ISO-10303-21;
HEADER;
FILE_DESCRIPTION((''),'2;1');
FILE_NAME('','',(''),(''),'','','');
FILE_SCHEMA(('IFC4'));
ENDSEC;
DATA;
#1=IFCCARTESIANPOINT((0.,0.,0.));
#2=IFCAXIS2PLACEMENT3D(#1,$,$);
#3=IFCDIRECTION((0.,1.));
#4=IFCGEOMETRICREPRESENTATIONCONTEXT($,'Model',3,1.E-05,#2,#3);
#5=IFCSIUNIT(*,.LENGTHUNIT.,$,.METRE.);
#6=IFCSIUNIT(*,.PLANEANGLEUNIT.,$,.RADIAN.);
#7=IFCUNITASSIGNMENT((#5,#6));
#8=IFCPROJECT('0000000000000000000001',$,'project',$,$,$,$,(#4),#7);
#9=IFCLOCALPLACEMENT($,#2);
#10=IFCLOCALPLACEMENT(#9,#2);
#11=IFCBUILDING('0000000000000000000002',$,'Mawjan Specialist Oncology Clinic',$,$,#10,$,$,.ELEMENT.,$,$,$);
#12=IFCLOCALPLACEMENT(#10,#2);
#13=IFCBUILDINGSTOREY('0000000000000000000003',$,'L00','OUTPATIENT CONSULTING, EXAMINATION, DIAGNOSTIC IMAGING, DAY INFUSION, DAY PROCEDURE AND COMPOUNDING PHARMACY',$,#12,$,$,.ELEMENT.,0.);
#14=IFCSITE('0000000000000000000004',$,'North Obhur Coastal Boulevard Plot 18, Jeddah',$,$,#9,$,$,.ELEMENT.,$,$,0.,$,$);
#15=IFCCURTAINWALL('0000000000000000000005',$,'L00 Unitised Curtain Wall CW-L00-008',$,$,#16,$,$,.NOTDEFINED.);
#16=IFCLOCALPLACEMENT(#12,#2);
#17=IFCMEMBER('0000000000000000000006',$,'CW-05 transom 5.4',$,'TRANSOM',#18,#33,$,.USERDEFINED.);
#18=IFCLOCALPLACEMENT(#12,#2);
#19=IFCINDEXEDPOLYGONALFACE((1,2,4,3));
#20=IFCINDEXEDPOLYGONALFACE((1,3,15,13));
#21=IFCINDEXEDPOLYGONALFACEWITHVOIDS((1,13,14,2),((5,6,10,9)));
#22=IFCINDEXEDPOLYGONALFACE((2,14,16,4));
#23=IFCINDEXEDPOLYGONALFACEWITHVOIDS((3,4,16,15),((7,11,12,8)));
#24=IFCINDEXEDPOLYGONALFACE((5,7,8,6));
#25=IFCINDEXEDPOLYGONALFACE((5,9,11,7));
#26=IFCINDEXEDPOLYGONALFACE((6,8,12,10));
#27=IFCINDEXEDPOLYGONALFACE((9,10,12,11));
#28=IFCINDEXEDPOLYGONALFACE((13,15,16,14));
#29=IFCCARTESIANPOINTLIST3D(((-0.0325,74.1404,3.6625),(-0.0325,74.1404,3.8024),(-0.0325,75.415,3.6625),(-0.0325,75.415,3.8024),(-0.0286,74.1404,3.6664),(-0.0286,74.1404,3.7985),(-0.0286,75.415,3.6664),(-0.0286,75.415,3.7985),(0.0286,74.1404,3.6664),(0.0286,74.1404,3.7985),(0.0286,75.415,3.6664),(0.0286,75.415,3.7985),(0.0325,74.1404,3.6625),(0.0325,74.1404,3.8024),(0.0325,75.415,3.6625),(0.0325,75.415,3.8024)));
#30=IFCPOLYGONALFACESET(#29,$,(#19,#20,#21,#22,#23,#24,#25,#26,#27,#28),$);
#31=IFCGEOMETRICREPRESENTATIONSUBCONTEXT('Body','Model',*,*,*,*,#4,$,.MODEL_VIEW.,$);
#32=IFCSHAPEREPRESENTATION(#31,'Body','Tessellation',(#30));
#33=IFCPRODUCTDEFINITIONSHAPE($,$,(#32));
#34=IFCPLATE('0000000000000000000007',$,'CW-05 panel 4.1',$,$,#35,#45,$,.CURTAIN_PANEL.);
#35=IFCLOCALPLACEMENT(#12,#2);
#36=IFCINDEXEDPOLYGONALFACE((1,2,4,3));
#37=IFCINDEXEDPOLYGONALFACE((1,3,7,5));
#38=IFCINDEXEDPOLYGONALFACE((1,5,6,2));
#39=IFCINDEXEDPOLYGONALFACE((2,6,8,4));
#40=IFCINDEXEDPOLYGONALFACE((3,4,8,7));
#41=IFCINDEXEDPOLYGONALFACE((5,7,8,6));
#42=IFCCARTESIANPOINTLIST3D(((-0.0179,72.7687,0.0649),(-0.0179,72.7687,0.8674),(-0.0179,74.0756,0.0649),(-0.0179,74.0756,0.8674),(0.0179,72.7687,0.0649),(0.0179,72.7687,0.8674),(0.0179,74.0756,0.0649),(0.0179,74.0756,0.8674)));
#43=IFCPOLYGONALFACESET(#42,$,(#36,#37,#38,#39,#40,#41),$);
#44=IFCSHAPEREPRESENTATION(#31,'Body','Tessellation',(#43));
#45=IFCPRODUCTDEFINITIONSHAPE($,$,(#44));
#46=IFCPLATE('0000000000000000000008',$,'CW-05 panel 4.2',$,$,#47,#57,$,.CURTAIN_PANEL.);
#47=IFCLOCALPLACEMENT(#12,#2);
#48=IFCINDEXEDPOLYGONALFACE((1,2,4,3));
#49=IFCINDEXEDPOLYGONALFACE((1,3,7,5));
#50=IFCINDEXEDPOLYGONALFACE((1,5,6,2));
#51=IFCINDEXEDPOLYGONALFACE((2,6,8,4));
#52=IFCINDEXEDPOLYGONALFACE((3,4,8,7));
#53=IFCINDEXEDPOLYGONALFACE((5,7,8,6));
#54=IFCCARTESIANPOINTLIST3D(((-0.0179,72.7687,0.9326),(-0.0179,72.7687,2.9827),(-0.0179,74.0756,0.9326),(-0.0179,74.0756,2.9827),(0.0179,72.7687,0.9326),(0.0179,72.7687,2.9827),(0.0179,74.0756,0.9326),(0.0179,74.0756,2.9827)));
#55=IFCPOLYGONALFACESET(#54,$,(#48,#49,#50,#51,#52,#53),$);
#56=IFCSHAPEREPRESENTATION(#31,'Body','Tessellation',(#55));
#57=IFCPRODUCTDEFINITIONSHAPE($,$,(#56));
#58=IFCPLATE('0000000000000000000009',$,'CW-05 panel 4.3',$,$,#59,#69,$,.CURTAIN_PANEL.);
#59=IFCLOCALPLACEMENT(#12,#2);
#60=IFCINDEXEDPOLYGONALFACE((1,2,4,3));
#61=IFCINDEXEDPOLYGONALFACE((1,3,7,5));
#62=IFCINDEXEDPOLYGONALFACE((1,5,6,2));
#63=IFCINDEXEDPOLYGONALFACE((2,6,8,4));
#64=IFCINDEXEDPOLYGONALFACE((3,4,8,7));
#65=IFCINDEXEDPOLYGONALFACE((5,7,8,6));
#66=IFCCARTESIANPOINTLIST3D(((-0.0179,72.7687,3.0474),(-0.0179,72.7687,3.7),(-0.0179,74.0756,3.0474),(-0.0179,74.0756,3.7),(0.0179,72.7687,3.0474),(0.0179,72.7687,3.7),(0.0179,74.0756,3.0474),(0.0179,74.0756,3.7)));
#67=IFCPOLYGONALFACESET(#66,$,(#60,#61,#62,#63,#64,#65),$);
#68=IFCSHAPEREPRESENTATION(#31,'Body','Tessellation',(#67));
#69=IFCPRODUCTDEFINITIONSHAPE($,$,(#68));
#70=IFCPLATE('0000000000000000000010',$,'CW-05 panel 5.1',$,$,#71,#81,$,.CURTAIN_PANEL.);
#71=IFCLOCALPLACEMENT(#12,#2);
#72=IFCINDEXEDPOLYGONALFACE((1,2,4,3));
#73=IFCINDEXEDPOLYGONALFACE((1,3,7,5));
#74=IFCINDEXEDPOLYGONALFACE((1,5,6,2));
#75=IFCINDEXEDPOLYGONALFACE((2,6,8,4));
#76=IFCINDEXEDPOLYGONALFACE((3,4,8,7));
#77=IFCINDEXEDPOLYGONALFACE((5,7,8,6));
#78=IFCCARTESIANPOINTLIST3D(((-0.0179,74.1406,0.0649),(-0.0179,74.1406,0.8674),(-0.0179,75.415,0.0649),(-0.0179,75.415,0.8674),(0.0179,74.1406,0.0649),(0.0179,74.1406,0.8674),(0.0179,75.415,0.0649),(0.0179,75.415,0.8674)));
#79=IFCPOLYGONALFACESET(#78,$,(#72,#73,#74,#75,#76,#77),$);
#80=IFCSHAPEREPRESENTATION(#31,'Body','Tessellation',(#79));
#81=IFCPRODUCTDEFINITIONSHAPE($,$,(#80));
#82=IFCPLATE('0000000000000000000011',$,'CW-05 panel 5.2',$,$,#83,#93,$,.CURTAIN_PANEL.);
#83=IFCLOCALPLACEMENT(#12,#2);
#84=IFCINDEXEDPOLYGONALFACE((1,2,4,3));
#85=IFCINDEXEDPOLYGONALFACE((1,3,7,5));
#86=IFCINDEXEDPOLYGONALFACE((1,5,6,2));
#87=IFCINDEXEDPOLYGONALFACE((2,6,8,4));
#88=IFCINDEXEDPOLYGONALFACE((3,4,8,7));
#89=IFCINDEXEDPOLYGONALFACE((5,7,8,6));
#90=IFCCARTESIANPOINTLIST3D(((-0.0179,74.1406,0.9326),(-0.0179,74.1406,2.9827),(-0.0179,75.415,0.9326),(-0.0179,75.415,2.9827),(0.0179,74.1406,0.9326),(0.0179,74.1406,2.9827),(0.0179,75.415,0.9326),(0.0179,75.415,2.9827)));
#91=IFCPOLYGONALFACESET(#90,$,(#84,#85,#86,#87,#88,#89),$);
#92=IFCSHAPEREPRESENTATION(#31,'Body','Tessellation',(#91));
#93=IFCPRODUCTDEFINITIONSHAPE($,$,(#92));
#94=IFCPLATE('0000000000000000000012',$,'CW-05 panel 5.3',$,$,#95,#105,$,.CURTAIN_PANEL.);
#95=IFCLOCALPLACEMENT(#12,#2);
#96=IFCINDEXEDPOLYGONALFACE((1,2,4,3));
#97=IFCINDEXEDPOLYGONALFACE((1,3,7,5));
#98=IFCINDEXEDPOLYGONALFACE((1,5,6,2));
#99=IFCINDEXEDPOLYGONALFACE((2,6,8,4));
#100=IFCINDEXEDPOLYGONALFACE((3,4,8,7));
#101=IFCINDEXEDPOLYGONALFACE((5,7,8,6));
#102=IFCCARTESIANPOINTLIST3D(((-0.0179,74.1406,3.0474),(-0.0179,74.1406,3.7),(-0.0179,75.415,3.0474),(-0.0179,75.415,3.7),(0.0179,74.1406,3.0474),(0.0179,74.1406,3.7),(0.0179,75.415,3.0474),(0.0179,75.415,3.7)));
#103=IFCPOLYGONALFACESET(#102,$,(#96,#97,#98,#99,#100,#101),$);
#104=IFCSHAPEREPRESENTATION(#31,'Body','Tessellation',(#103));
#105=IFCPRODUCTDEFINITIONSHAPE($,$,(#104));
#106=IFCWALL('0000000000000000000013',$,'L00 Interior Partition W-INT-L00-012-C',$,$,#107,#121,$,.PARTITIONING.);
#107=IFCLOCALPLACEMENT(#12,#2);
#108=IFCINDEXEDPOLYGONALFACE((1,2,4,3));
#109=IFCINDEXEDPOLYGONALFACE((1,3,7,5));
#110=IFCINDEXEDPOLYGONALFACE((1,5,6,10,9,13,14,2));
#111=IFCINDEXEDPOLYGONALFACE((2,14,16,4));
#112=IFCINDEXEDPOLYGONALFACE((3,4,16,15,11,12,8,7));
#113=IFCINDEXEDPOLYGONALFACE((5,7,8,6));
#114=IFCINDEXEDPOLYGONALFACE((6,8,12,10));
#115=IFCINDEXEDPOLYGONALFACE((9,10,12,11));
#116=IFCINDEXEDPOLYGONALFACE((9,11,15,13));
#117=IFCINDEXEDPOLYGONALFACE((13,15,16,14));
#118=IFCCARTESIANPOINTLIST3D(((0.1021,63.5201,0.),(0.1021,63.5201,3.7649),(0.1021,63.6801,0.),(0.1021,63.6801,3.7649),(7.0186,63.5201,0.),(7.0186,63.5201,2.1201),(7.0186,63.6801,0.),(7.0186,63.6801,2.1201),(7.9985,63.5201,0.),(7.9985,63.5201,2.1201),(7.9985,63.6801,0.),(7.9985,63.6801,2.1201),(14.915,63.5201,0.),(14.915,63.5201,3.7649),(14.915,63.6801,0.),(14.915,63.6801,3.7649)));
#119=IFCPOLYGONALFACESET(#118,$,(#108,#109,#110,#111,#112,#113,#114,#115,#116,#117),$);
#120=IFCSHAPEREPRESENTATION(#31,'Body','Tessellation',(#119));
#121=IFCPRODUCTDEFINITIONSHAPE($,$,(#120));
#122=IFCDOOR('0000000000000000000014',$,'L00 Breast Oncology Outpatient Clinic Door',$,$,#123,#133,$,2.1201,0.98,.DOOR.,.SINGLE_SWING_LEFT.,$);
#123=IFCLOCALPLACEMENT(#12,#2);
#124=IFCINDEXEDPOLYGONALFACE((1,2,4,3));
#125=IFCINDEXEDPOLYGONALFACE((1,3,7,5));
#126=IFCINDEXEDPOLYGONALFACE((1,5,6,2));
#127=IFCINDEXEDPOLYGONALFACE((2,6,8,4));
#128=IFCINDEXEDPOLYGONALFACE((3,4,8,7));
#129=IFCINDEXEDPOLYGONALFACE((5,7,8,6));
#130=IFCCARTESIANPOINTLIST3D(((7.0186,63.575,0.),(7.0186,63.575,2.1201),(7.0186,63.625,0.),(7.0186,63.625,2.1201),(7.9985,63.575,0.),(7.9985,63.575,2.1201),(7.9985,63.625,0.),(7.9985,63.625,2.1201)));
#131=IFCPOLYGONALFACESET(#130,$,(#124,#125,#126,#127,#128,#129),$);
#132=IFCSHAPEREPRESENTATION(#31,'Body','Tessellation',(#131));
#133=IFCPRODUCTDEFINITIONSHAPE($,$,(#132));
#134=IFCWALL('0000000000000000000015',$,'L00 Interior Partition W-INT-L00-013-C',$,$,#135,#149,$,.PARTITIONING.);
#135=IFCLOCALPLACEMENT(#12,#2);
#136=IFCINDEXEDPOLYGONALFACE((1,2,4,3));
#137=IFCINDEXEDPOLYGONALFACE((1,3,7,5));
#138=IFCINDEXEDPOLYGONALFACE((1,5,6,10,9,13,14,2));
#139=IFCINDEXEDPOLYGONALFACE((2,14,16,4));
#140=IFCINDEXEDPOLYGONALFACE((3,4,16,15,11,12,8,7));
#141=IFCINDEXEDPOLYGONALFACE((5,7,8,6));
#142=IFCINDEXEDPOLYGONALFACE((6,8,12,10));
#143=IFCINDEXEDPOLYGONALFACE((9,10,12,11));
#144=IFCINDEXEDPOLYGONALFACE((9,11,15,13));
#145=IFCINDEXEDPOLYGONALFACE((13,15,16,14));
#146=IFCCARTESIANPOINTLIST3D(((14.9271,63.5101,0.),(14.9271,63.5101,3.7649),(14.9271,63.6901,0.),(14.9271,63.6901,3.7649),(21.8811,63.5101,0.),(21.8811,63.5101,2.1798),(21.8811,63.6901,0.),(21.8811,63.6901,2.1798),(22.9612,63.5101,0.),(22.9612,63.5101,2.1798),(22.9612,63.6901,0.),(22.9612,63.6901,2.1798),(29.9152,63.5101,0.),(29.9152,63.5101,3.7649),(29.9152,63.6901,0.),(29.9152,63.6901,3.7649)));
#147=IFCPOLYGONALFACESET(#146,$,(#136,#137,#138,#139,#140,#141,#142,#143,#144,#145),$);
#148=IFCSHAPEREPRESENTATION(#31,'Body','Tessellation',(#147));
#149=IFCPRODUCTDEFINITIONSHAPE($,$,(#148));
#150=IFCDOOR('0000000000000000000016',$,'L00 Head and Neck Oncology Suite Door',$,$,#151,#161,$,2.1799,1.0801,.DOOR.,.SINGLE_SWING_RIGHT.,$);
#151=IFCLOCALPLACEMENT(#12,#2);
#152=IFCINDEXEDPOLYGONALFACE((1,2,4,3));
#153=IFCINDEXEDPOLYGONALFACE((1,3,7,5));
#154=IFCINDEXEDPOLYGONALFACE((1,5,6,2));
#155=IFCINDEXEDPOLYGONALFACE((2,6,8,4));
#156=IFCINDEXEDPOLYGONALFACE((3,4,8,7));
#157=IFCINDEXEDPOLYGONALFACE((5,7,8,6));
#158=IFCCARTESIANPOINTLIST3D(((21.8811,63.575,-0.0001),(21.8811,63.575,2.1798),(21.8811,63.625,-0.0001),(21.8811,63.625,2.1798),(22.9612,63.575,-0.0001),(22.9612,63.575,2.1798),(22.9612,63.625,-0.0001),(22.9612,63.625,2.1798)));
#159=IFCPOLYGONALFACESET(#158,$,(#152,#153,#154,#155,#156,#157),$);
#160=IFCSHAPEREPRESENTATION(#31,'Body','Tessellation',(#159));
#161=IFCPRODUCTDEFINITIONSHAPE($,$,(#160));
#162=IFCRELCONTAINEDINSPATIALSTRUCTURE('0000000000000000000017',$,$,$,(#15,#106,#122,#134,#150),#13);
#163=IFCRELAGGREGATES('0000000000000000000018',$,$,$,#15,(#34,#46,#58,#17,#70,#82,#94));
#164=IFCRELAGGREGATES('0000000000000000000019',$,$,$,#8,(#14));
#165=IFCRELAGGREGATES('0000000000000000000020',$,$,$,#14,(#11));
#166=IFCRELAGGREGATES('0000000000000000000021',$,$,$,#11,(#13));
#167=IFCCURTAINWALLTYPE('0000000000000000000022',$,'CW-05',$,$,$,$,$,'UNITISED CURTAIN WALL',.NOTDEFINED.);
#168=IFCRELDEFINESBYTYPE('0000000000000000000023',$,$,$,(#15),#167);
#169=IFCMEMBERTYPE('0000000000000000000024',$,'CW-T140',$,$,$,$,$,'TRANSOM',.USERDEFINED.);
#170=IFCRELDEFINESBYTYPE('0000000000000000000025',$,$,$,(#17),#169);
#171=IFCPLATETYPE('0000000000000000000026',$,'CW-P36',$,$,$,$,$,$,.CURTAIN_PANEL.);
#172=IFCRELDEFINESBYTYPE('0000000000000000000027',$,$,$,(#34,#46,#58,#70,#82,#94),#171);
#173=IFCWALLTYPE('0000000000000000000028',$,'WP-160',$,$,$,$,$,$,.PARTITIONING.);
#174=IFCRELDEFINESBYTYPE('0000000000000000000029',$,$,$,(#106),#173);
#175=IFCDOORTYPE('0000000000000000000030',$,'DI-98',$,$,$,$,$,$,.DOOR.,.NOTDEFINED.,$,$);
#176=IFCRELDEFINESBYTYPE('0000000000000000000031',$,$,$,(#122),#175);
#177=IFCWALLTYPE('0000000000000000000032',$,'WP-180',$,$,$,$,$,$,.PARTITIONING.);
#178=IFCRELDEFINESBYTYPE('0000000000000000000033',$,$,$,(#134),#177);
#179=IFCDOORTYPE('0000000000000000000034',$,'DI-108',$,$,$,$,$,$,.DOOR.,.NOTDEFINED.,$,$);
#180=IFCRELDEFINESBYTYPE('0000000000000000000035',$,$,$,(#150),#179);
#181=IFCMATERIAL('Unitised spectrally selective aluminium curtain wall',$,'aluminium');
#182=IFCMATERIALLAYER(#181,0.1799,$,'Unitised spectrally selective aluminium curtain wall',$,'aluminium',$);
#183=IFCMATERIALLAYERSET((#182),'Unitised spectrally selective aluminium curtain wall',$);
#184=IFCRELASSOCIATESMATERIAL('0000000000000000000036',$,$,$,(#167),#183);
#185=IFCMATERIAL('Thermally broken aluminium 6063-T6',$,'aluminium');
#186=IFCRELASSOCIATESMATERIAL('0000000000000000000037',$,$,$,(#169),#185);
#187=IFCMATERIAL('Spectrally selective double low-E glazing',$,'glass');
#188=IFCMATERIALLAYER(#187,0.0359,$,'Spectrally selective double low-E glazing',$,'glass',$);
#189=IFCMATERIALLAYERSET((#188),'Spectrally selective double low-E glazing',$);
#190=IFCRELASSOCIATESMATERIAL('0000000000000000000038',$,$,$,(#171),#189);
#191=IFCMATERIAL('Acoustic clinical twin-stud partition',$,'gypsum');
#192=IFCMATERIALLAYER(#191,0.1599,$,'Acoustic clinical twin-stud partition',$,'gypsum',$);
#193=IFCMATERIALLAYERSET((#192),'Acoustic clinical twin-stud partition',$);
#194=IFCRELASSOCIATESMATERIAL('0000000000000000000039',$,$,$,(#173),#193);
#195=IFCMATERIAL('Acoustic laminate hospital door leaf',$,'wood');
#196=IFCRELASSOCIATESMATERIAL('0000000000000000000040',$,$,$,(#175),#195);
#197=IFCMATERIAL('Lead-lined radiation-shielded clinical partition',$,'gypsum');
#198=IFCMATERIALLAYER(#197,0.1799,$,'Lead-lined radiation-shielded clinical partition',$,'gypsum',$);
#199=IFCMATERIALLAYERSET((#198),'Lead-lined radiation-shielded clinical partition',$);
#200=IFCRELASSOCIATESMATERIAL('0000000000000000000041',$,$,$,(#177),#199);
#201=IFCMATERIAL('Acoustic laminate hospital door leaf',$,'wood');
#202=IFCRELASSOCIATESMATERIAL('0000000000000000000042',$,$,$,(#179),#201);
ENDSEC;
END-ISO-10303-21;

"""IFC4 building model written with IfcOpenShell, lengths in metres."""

from ifc_helpers import new_model, si_unit, direction, frame, frame_2d, origin, origin_2d, place, context, subcontext, project, spatial, rectangle, hollow_rectangle, extrude, material, layer, layer_set, material_profile, profile_set, type_object, element, fill, aggregate, save


model = new_model("IFC4")

# Units and contexts
model_context = context("Model", 3, precision=1e-05, world=origin(), true_north=direction((0.0, 1.0)))
body_context = subcontext(model_context, "Body", "Model", "MODEL_VIEW")
ifc_project = project(units=[si_unit("LENGTHUNIT", "METRE"), si_unit("PLANEANGLEUNIT", "RADIAN")], contexts=[model_context])

# Site, building, storey
site_placement = place(None, origin())
site = spatial("IfcSite", under=ifc_project, at=site_placement, Name="North Obhur Coastal Boulevard Plot 18, Jeddah", CompositionType="ELEMENT", RefElevation=0.0)
building_placement = place(site_placement, origin())
building = spatial("IfcBuilding", under=site, at=building_placement, Name="Mawjan Specialist Oncology Clinic", CompositionType="ELEMENT")
storey_placement = place(building_placement, origin())
storey = spatial("IfcBuildingStorey", under=building, at=storey_placement, Name="L00", Description="OUTPATIENT CONSULTING, EXAMINATION, DIAGNOSTIC IMAGING, DAY INFUSION, DAY PROCEDURE AND COMPOUNDING PHARMACY", CompositionType="ELEMENT", Elevation=0.0)

# Curtain wall, member, plates
ifc_material_1 = material(Name="Unitised spectrally selective aluminium curtain wall", Category="aluminium")
ifc_layer_1 = layer(ifc_material_1, 0.1799, Name="Unitised spectrally selective aluminium curtain wall", Category="aluminium")
ifc_layer_set_1 = layer_set([ifc_layer_1], Name="Unitised spectrally selective aluminium curtain wall")
curtain_wall_type = type_object("IfcCurtainWallType", Name="CW-05", ElementType="UNITISED CURTAIN WALL", PredefinedType="NOTDEFINED", material=ifc_layer_set_1)
curtain_wall_placement = place(storey_placement, origin())
curtain_wall = element("IfcCurtainWall", 1, at=curtain_wall_placement, inside=storey, type_object=curtain_wall_type, Name="L00 Unitised Curtain Wall CW-L00-008", PredefinedType="NOTDEFINED")
ifc_material_2 = material(Name="Thermally broken aluminium 6063-T6", Category="aluminium")
ifc_material_profile_1 = material_profile(ifc_material_2, hollow_rectangle(XDim=0.0649, YDim=0.1399, WallThickness=0.0039, at=origin_2d()), Name="ALU TRANSOM 140x65x4", Category="aluminium")
ifc_profile_set_1 = profile_set([ifc_material_profile_1], Name="Thermally broken aluminium 6063-T6")
member_type_1 = type_object("IfcMemberType", Name="CW-T140", ElementType="TRANSOM", PredefinedType="USERDEFINED", material=ifc_profile_set_1)
member_1_placement = place(storey_placement, frame((0.0, 74.1404, 3.7324), z_axis=(0.0, 1.0, 0.0), x_axis=(-1.0, 0.0, 0.0)))
member_1 = element("IfcMember", 2, at=member_1_placement, type_object=member_type_1, Name="CW-05 transom 5.4", ObjectType="TRANSOM", PredefinedType="USERDEFINED", context=body_context, shape_type="SweptSolid", body=[
    extrude(hollow_rectangle(XDim=0.0649, YDim=0.1399, WallThickness=0.0039, at=origin_2d()), origin(), (0.0, 0.0, 1.0), 1.2747),
])
ifc_material_3 = material(Name="Spectrally selective double low-E glazing", Category="glass")
ifc_layer_2 = layer(ifc_material_3, 0.0359, Name="Spectrally selective double low-E glazing", Category="glass")
ifc_layer_set_2 = layer_set([ifc_layer_2], Name="Spectrally selective double low-E glazing")
plate_type = type_object("IfcPlateType", Name="CW-P36", PredefinedType="CURTAIN_PANEL", material=ifc_layer_set_2)
plate_1_placement = place(storey_placement, frame((0.0, 73.4221, 0.0649), z_axis=(0.0, 0.0, 1.0), x_axis=(0.0, 1.0, 0.0)))
plate_1 = element("IfcPlate", 3, at=plate_1_placement, type_object=plate_type, Name="CW-05 panel 4.1", PredefinedType="CURTAIN_PANEL", context=body_context, shape_type="SweptSolid", body=[
    extrude(rectangle(XDim=1.3069, YDim=0.0359, at=origin_2d()), origin(), (0.0, 0.0, 1.0), 0.8025),
])
plate_2_placement = place(storey_placement, frame((0.0, 73.4221, 0.9326), z_axis=(0.0, 0.0, 1.0), x_axis=(0.0, 1.0, 0.0)))
plate_2 = element("IfcPlate", 4, at=plate_2_placement, type_object=plate_type, Name="CW-05 panel 4.2", PredefinedType="CURTAIN_PANEL", context=body_context, shape_type="SweptSolid", body=[
    extrude(rectangle(XDim=1.3069, YDim=0.0359, at=origin_2d()), origin(), (0.0, 0.0, 1.0), 2.05),
])
plate_3_placement = place(storey_placement, frame((0.0, 73.4221, 3.0474), z_axis=(0.0, 0.0, 1.0), x_axis=(0.0, 1.0, 0.0)))
plate_3 = element("IfcPlate", 5, at=plate_3_placement, type_object=plate_type, Name="CW-05 panel 4.3", PredefinedType="CURTAIN_PANEL", context=body_context, shape_type="SweptSolid", body=[
    extrude(rectangle(XDim=1.3069, YDim=0.0359, at=origin_2d()), origin(), (0.0, 0.0, 1.0), 0.6526),
])
plate_4_placement = place(storey_placement, frame((0.0, 74.7778, 0.0649), z_axis=(0.0, 0.0, 1.0), x_axis=(0.0, 1.0, 0.0)))
plate_4 = element("IfcPlate", 6, at=plate_4_placement, type_object=plate_type, Name="CW-05 panel 5.1", PredefinedType="CURTAIN_PANEL", context=body_context, shape_type="SweptSolid", body=[
    extrude(rectangle(XDim=1.2744, YDim=0.0359, at=origin_2d()), origin(), (0.0, 0.0, 1.0), 0.8025),
])
plate_5_placement = place(storey_placement, frame((0.0, 74.7778, 0.9326), z_axis=(0.0, 0.0, 1.0), x_axis=(0.0, 1.0, 0.0)))
plate_5 = element("IfcPlate", 7, at=plate_5_placement, type_object=plate_type, Name="CW-05 panel 5.2", PredefinedType="CURTAIN_PANEL", context=body_context, shape_type="SweptSolid", body=[
    extrude(rectangle(XDim=1.2744, YDim=0.0359, at=origin_2d()), origin(), (0.0, 0.0, 1.0), 2.05),
])
plate_6_placement = place(storey_placement, frame((0.0, 74.7778, 3.0474), z_axis=(0.0, 0.0, 1.0), x_axis=(0.0, 1.0, 0.0)))
plate_6 = element("IfcPlate", 8, at=plate_6_placement, type_object=plate_type, Name="CW-05 panel 5.3", PredefinedType="CURTAIN_PANEL", context=body_context, shape_type="SweptSolid", body=[
    extrude(rectangle(XDim=1.2744, YDim=0.0359, at=origin_2d()), origin(), (0.0, 0.0, 1.0), 0.6526),
])
aggregate(curtain_wall, [plate_1, plate_2, plate_3, member_1, plate_4, plate_5, plate_6])

# Walls, openings, doors
ifc_material_4 = material(Name="Acoustic clinical twin-stud partition", Category="gypsum")
ifc_layer_3 = layer(ifc_material_4, 0.1599, Name="Acoustic clinical twin-stud partition", Category="gypsum")
ifc_layer_set_3 = layer_set([ifc_layer_3], Name="Acoustic clinical twin-stud partition")
wall_type_1 = type_object("IfcWallType", Name="WP-160", PredefinedType="PARTITIONING", material=ifc_layer_set_3)
wall_1_placement = place(storey_placement, frame((0.1021, 63.6001, 0.0), z_axis=(0.0, 0.0, 1.0), x_axis=(1.0, 0.0, 0.0)))
wall_1 = element("IfcWall", 9, at=wall_1_placement, inside=storey, type_object=wall_type_1, Name="L00 Interior Partition W-INT-L00-012-C", PredefinedType="PARTITIONING", context=body_context, shape_type="SweptSolid", body=[
    extrude(rectangle(XDim=14.813, YDim=0.1599, at=frame_2d((7.4065, 0.0))), origin(), (0.0, 0.0, 1.0), 3.7649),
])
opening_1_placement = place(wall_1_placement, frame((6.9165, 0.0, 0.0)))
opening_1 = element("IfcOpeningElement", 10, at=opening_1_placement, cuts=wall_1, PredefinedType="OPENING", context=body_context, shape_type="SweptSolid", body=[
    extrude(rectangle(XDim=0.98, YDim=2.1201, at=frame_2d((0.49, 1.0601))), frame((0.0, 0.092, 0.0), z_axis=(0.0, -1.0, 0.0), x_axis=(1.0, 0.0, 0.0)), (0.0, 0.0, 1.0), 0.1838),
])
ifc_material_5 = material(Name="Acoustic laminate hospital door leaf", Category="wood")
door_type_1 = type_object("IfcDoorType", Name="DI-98", OperationType="NOTDEFINED", PredefinedType="DOOR", material=ifc_material_5)
door_1_placement = place(opening_1_placement, origin())
door_1 = element("IfcDoor", 11, at=door_1_placement, inside=storey, type_object=door_type_1, Name="L00 Breast Oncology Outpatient Clinic Door", OperationType="SINGLE_SWING_LEFT", OverallHeight=2.1201, OverallWidth=0.98, PredefinedType="DOOR", context=body_context, shape_type="SweptSolid", body=[
    extrude(rectangle(XDim=0.98, YDim=2.1201, at=frame_2d((0.49, 1.0601))), frame((0.0, 0.0249, 0.0), z_axis=(0.0, -1.0, 0.0), x_axis=(1.0, 0.0, 0.0)), (0.0, 0.0, 1.0), 0.05),
])
fill(opening_1, door_1)
ifc_material_6 = material(Name="Lead-lined radiation-shielded clinical partition", Category="gypsum")
ifc_layer_4 = layer(ifc_material_6, 0.1799, Name="Lead-lined radiation-shielded clinical partition", Category="gypsum")
ifc_layer_set_4 = layer_set([ifc_layer_4], Name="Lead-lined radiation-shielded clinical partition")
wall_type_2 = type_object("IfcWallType", Name="WP-180", PredefinedType="PARTITIONING", material=ifc_layer_set_4)
wall_2_placement = place(storey_placement, frame((14.927, 63.6001, 0.0), z_axis=(0.0, 0.0, 1.0), x_axis=(1.0, 0.0, 0.0)))
wall_2 = element("IfcWall", 12, at=wall_2_placement, inside=storey, type_object=wall_type_2, Name="L00 Interior Partition W-INT-L00-013-C", PredefinedType="PARTITIONING", context=body_context, shape_type="SweptSolid", body=[
    extrude(rectangle(XDim=14.988, YDim=0.1799, at=frame_2d((7.4941, 0.0))), origin(), (0.0, 0.0, 1.0), 3.7649),
])
opening_2_placement = place(wall_2_placement, frame((6.9541, 0.0, 0.0)))
opening_2 = element("IfcOpeningElement", 13, at=opening_2_placement, cuts=wall_2, PredefinedType="OPENING", context=body_context, shape_type="SweptSolid", body=[
    extrude(rectangle(XDim=1.0801, YDim=2.1799, at=frame_2d((0.54, 1.0898))), frame((0.0, 0.1021, 0.0), z_axis=(0.0, -1.0, 0.0), x_axis=(1.0, 0.0, 0.0)), (0.0, 0.0, 1.0), 0.2039),
])
ifc_material_7 = material(Name="Acoustic laminate hospital door leaf", Category="wood")
door_type_2 = type_object("IfcDoorType", Name="DI-108", OperationType="NOTDEFINED", PredefinedType="DOOR", material=ifc_material_7)
door_2_placement = place(opening_2_placement, origin())
door_2 = element("IfcDoor", 14, at=door_2_placement, inside=storey, type_object=door_type_2, Name="L00 Head and Neck Oncology Suite Door", OperationType="SINGLE_SWING_RIGHT", OverallHeight=2.1799, OverallWidth=1.0801, PredefinedType="DOOR", context=body_context, shape_type="SweptSolid", body=[
    extrude(rectangle(XDim=1.0801, YDim=2.1799, at=frame_2d((0.54, 1.0898))), frame((0.0, 0.0249, 0.0), z_axis=(0.0, -1.0, 0.0), x_axis=(1.0, 0.0, 0.0)), (0.0, 0.0, 1.0), 0.05),
])
fill(opening_2, door_2)

save(model, "model.ifc")
